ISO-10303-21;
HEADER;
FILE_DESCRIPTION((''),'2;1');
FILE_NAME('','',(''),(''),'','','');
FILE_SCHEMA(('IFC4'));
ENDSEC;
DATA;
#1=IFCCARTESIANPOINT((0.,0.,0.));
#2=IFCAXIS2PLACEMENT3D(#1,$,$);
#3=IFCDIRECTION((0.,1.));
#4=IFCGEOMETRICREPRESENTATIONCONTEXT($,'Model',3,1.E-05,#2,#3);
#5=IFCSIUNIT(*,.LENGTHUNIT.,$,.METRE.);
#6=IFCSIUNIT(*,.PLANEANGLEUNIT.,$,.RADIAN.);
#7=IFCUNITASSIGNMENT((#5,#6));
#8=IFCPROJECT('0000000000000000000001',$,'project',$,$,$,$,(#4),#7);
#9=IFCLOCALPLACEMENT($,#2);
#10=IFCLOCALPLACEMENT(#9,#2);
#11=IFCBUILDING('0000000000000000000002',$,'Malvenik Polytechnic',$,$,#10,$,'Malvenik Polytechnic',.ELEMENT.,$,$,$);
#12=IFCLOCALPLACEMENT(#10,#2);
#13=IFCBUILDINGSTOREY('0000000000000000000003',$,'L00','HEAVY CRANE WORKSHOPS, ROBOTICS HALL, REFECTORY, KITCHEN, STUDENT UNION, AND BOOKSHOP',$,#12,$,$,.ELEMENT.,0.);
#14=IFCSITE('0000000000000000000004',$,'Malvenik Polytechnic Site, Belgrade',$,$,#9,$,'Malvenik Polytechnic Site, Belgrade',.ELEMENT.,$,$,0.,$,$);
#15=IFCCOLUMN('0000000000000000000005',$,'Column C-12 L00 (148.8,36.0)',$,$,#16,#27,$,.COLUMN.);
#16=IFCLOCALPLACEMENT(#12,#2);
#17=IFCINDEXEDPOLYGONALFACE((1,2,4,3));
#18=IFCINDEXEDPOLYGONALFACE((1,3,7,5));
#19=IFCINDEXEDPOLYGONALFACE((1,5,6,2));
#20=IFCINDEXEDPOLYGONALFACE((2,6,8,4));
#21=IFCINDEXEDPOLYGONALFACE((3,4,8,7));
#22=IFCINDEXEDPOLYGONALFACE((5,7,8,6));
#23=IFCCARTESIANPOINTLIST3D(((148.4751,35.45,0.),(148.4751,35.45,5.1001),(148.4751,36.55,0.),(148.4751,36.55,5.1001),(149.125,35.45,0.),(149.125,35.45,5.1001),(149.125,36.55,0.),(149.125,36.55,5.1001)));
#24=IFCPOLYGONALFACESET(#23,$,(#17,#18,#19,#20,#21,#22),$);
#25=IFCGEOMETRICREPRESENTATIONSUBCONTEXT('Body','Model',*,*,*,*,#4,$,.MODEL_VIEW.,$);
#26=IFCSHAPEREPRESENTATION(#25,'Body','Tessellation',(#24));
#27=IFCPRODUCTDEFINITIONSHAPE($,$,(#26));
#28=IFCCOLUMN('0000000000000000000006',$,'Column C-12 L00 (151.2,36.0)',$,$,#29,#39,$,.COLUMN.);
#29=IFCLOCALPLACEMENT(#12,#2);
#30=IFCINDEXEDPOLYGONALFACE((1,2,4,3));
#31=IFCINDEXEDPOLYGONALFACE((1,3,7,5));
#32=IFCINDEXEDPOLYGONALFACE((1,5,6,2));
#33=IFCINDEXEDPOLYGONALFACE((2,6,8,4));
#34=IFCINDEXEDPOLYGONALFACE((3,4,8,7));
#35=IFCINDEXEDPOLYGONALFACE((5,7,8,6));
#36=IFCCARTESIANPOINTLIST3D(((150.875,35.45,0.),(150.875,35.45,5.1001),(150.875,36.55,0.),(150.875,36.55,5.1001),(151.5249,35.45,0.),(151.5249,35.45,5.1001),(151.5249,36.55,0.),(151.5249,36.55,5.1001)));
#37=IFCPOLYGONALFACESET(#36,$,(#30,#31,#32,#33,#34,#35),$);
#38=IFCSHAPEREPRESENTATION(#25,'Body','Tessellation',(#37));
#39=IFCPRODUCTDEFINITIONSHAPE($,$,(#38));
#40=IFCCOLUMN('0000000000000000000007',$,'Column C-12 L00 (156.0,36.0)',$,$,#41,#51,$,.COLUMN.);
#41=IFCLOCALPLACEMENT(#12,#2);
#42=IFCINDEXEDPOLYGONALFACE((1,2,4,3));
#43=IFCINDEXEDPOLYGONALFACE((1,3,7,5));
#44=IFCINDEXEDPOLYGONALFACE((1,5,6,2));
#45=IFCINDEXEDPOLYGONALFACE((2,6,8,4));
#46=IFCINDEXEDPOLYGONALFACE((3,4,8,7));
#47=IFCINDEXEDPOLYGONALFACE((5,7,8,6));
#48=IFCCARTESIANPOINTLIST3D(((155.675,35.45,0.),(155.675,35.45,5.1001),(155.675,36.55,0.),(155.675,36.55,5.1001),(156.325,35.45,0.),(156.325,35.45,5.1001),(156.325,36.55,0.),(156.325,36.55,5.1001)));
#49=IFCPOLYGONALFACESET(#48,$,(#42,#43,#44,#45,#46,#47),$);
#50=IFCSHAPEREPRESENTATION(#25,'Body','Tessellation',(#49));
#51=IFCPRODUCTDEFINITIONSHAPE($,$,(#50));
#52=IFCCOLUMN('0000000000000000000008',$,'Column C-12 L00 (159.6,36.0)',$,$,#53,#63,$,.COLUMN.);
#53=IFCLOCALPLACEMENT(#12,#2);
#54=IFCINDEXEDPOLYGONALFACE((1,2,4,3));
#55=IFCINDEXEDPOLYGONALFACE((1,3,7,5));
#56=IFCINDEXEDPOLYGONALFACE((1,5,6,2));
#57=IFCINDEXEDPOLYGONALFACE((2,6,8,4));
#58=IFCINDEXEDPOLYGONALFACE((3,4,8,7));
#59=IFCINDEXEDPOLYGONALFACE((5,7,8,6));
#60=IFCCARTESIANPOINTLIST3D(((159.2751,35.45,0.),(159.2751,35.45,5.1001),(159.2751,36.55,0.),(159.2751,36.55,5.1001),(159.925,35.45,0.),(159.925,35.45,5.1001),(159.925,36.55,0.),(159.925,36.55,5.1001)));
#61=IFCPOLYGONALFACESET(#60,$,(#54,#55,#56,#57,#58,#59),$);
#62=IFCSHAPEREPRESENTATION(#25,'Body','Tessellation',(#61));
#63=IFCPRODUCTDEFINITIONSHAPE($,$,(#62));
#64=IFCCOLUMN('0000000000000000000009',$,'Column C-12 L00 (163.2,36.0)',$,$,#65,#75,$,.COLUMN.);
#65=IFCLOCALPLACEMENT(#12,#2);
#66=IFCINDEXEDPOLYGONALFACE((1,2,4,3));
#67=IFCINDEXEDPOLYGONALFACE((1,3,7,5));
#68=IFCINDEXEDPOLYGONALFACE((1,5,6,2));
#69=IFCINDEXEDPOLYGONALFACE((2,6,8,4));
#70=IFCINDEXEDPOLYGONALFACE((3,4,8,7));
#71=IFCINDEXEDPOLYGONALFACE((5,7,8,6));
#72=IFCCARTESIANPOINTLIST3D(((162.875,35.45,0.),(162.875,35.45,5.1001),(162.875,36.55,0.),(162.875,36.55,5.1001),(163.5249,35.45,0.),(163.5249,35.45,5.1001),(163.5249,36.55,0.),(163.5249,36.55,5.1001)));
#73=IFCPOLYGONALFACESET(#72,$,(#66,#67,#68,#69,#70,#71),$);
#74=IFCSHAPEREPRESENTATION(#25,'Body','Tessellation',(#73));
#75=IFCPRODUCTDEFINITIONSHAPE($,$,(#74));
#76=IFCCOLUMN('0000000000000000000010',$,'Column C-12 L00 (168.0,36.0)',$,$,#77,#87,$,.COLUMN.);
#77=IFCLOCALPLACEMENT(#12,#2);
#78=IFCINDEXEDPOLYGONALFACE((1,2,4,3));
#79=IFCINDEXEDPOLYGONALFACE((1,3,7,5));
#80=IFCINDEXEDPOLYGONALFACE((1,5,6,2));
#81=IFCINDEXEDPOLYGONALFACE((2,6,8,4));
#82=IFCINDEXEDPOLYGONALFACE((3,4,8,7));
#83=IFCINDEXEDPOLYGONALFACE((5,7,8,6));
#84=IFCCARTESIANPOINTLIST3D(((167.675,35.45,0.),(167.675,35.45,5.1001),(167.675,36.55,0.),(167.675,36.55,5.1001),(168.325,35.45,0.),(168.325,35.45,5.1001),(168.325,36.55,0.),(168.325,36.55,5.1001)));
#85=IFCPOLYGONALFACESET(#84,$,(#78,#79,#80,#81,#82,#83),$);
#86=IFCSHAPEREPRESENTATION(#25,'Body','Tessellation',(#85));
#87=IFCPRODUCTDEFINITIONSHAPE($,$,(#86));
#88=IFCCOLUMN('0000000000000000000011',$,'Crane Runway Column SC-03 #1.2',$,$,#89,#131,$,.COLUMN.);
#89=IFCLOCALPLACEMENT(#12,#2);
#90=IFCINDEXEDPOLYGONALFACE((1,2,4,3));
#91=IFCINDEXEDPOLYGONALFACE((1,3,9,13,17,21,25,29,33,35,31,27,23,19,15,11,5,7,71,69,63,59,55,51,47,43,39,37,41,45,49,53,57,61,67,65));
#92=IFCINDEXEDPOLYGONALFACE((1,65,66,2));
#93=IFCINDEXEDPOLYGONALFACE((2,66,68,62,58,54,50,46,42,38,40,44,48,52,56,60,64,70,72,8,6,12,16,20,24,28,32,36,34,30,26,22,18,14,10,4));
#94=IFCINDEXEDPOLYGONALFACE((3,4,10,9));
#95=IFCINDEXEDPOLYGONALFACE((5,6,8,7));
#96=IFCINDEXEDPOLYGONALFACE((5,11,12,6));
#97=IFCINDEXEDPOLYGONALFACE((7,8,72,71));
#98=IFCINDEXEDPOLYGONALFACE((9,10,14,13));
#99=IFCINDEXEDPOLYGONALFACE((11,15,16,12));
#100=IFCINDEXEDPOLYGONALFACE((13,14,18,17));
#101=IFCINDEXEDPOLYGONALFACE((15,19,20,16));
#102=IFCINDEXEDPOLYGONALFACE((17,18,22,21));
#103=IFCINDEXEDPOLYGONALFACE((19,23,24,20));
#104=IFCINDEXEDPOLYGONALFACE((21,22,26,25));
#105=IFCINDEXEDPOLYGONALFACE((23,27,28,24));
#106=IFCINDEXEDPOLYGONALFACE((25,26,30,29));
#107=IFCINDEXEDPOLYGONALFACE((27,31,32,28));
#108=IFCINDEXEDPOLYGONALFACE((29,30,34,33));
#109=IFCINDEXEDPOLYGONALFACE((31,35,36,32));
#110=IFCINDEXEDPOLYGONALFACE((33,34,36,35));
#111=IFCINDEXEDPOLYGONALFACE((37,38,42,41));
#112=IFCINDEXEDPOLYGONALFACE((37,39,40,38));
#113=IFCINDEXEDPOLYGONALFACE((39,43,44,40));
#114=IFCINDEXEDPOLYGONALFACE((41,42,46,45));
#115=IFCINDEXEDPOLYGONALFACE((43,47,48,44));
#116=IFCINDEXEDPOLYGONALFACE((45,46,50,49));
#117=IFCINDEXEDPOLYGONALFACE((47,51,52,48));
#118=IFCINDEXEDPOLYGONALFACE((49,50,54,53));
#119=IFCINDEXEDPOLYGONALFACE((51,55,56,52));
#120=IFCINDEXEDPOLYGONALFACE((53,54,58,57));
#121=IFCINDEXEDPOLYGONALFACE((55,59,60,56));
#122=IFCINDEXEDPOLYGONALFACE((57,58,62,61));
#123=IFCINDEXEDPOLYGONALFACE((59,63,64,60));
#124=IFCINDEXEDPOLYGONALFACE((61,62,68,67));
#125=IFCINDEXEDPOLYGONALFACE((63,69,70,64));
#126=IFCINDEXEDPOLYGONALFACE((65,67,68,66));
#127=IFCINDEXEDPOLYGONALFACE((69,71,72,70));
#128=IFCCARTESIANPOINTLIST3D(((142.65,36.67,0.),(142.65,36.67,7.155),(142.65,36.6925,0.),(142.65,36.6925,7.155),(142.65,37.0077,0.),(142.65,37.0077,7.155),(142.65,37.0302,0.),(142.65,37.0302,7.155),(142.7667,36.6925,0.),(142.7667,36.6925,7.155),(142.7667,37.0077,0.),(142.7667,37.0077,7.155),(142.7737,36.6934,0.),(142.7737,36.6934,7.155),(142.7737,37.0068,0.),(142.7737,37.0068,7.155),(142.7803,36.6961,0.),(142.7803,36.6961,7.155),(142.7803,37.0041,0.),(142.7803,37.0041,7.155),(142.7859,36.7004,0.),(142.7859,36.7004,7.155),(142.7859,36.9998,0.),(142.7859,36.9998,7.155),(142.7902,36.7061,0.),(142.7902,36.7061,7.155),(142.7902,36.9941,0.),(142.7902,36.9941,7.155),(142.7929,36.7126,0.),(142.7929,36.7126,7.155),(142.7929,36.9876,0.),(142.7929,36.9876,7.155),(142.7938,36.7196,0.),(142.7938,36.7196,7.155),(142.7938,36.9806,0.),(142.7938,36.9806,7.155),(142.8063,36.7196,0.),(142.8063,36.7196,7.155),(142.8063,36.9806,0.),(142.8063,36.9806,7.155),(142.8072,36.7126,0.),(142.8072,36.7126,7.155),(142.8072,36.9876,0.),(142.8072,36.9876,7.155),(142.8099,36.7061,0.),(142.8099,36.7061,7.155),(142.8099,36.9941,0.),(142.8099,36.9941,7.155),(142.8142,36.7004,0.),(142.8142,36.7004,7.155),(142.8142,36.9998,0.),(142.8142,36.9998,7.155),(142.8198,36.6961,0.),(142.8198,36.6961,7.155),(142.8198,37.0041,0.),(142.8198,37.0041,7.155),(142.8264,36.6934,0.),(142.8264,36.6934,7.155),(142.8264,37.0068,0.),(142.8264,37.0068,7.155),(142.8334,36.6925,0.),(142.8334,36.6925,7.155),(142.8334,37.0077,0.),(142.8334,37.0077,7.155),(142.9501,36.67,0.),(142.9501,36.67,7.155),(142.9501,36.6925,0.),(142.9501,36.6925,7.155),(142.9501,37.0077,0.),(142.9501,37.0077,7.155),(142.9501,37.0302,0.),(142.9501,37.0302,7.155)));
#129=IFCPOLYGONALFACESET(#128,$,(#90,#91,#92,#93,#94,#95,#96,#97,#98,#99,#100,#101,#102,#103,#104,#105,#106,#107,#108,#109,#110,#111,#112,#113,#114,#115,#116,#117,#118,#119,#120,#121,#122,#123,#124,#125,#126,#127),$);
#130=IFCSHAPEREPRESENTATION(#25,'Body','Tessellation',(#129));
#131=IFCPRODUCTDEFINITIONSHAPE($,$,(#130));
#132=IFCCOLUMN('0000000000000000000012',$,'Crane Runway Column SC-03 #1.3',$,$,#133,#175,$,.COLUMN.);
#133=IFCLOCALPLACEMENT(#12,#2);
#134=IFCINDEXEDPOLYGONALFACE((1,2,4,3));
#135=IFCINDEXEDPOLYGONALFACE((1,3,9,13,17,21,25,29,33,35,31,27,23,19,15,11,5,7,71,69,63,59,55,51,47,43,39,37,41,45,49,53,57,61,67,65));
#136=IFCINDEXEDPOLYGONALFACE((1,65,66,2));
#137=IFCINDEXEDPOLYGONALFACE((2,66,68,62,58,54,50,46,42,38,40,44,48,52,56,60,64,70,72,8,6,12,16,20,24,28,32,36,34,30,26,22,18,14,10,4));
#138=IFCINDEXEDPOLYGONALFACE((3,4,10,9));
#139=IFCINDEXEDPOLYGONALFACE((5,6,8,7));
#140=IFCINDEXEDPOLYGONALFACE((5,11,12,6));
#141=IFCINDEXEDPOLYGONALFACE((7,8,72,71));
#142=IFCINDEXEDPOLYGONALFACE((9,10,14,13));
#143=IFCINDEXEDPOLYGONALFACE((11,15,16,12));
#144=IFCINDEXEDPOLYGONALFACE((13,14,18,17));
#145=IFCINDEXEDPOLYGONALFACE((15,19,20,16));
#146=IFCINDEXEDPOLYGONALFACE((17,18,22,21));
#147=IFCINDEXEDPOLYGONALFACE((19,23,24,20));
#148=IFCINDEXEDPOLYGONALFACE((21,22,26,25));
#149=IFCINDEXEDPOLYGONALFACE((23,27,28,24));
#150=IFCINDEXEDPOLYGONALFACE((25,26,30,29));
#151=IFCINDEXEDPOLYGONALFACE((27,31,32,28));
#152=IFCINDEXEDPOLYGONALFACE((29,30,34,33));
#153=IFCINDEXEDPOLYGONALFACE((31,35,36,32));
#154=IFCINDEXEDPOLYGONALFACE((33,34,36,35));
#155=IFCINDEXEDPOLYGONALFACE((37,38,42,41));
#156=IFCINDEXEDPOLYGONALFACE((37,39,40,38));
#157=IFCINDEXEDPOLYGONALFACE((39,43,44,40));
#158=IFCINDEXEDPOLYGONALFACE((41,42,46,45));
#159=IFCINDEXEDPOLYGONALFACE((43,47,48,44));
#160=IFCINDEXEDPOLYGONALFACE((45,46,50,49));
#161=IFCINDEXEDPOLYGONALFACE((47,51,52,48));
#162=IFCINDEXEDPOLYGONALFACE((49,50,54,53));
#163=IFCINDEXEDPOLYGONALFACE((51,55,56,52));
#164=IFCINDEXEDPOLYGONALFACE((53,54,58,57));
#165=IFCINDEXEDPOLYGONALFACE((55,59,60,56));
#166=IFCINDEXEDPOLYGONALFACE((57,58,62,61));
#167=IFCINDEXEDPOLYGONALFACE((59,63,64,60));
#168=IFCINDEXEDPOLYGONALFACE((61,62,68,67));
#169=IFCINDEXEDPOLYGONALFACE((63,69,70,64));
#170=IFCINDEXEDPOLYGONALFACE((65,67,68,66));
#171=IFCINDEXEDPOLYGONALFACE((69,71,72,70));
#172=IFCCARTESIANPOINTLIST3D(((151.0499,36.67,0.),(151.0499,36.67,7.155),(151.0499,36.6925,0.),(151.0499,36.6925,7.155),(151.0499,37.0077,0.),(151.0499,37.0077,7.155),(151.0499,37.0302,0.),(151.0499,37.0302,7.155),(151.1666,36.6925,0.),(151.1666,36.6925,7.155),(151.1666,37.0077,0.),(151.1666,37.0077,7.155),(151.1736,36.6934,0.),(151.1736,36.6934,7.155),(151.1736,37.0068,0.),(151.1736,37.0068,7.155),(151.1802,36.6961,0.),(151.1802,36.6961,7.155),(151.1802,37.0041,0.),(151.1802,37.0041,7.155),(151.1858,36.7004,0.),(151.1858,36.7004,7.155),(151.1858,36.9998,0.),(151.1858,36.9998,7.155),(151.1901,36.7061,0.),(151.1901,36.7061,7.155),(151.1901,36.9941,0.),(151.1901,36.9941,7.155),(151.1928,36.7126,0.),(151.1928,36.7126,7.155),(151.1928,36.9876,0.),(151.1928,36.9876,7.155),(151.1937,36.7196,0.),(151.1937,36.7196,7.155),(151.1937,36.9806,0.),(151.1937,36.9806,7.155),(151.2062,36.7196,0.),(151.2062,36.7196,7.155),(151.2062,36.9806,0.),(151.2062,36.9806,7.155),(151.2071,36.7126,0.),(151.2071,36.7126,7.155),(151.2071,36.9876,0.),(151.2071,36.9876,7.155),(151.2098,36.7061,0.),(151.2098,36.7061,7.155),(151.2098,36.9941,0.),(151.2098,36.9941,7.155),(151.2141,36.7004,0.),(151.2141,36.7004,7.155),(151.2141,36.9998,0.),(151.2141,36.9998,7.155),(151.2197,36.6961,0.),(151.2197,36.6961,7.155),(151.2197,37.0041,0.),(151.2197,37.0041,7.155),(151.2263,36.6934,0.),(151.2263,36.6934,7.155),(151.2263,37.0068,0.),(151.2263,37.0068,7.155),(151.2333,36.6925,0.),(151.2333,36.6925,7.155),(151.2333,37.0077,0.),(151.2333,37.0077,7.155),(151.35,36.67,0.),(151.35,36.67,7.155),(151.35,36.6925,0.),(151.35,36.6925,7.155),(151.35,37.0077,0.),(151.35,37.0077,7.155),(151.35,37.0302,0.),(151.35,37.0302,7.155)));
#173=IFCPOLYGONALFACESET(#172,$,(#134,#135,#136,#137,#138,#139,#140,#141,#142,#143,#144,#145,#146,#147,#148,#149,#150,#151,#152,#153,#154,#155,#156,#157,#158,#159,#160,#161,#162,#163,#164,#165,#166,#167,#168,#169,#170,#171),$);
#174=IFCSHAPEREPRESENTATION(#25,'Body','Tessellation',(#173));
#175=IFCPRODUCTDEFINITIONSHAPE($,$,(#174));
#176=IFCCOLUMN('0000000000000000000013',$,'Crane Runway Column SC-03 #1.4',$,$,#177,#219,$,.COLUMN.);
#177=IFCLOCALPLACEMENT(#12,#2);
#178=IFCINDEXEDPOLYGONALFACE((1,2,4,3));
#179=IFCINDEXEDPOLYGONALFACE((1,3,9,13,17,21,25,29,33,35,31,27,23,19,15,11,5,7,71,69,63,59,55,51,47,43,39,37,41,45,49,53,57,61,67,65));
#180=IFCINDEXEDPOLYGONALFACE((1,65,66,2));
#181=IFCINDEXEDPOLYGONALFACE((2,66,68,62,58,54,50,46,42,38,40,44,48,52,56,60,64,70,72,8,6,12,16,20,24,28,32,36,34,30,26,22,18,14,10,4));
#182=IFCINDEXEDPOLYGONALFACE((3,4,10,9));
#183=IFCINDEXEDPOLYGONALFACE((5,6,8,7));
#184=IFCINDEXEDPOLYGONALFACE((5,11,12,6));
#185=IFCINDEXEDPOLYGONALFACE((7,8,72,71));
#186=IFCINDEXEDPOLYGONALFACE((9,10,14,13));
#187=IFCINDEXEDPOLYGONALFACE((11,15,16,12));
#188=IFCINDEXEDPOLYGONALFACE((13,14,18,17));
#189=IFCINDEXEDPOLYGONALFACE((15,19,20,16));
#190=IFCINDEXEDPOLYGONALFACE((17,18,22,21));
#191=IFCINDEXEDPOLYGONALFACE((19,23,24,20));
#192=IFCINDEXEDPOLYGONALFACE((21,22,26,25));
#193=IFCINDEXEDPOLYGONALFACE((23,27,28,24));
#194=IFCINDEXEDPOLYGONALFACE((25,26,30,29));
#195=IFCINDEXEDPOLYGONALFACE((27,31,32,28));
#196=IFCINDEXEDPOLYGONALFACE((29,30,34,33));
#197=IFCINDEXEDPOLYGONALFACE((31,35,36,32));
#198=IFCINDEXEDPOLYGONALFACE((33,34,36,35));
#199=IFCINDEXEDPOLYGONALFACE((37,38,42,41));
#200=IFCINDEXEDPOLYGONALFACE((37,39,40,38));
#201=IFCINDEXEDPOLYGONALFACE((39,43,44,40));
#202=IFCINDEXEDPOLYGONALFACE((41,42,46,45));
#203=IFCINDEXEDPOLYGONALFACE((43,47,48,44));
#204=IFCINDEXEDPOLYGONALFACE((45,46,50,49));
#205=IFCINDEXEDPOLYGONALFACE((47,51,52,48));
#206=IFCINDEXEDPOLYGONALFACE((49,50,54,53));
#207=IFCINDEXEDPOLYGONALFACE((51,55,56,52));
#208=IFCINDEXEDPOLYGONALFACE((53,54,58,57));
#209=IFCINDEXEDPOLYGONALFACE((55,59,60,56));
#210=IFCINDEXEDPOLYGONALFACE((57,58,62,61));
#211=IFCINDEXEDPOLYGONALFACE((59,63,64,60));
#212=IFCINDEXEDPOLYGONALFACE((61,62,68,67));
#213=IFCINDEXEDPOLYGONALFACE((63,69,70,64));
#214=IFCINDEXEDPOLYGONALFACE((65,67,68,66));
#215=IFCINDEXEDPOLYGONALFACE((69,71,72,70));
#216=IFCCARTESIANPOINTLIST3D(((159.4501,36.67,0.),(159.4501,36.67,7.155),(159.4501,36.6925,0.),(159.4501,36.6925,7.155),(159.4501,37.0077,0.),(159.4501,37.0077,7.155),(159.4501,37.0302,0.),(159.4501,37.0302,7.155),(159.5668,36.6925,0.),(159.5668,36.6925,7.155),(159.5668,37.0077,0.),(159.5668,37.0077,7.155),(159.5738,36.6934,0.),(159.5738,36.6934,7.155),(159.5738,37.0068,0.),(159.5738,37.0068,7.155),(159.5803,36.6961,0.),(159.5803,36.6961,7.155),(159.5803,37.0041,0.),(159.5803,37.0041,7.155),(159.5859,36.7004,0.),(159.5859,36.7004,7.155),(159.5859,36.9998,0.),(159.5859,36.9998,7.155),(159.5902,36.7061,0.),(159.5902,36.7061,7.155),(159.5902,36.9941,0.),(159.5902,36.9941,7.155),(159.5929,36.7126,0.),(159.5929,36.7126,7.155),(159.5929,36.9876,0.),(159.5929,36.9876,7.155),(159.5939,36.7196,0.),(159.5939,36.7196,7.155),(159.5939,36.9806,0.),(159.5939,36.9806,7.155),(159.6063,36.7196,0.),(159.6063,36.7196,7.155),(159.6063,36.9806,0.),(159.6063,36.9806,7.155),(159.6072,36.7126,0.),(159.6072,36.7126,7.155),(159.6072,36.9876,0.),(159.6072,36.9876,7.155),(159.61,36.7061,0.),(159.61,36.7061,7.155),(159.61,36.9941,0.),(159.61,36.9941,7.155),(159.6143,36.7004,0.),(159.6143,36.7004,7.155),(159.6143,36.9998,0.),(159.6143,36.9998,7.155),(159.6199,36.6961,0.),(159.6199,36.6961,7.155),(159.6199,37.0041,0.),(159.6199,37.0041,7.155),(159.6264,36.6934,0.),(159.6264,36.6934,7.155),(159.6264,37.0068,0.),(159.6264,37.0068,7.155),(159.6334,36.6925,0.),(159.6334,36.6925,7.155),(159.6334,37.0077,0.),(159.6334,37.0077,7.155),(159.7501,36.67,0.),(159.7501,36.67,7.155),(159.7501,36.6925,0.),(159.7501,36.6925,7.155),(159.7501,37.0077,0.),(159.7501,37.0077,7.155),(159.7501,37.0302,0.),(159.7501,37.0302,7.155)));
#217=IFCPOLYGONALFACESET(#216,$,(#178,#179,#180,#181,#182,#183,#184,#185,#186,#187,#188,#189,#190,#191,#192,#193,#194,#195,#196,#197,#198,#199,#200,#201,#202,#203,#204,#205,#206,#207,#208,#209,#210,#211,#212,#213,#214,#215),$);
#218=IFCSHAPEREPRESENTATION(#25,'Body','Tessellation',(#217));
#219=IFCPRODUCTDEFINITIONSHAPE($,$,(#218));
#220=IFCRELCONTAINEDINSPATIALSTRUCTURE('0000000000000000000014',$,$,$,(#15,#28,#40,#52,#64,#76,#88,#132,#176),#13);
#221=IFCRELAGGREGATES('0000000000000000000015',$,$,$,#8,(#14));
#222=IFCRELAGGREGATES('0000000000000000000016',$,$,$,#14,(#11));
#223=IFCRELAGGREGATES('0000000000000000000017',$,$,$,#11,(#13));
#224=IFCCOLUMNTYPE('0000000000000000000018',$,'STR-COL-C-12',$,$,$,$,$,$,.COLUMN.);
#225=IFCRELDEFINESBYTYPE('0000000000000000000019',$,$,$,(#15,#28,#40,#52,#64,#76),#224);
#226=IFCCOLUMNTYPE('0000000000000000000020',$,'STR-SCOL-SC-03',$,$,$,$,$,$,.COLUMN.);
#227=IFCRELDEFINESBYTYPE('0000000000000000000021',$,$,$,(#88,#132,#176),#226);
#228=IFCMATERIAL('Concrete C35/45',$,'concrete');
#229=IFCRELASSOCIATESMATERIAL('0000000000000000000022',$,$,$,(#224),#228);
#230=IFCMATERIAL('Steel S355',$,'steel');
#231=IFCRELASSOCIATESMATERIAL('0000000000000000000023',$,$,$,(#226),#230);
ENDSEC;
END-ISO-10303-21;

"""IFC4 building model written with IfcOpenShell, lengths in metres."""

from ifc_helpers import new_model, si_unit, direction, frame, origin, origin_2d, place, context, subcontext, project, spatial, rectangle, i_section, extrude, material, material_profile, profile_set, type_object, element, save


model = new_model("IFC4")

# Units and contexts
model_context = context("Model", 3, precision=1e-05, world=origin(), true_north=direction((0.0, 1.0)))
body_context = subcontext(model_context, "Body", "Model", "MODEL_VIEW")
ifc_project = project(units=[si_unit("LENGTHUNIT", "METRE"), si_unit("PLANEANGLEUNIT", "RADIAN")], contexts=[model_context])

# Site, building, storey
site_placement = place(None, origin())
site = spatial("IfcSite", under=ifc_project, at=site_placement, Name="Malvenik Polytechnic Site, Belgrade", LongName="Malvenik Polytechnic Site, Belgrade", CompositionType="ELEMENT", RefElevation=0.0)
building_placement = place(site_placement, origin())
building = spatial("IfcBuilding", under=site, at=building_placement, Name="Malvenik Polytechnic", LongName="Malvenik Polytechnic", CompositionType="ELEMENT")
storey_placement = place(building_placement, origin())
storey = spatial("IfcBuildingStorey", under=building, at=storey_placement, Name="L00", Description="HEAVY CRANE WORKSHOPS, ROBOTICS HALL, REFECTORY, KITCHEN, STUDENT UNION, AND BOOKSHOP", CompositionType="ELEMENT", Elevation=0.0)

# Columns
ifc_material_1 = material(Name="Concrete C35/45", Category="concrete")
ifc_material_profile_1 = material_profile(ifc_material_1, rectangle(XDim=0.6499, YDim=1.1001, at=origin_2d()), Name="RC COL 1100x650")
ifc_profile_set_1 = profile_set([ifc_material_profile_1], Name="Concrete C35/45")
column_type_1 = type_object("IfcColumnType", Name="STR-COL-C-12", PredefinedType="COLUMN", material=ifc_profile_set_1)
for number, where, z_axis, x_axis, name in (
    (1, (148.8, 36.0, 0.0), (0.0, 0.0, 1.0), (1.0, 0.0, 0.0), "Column C-12 L00 (148.8,36.0)"),
    (2, (151.2, 36.0, 0.0), (0.0, 0.0, 1.0), (1.0, 0.0, 0.0), "Column C-12 L00 (151.2,36.0)"),
    (3, (156.0, 36.0, 0.0), (0.0, 0.0, 1.0), (1.0, 0.0, 0.0), "Column C-12 L00 (156.0,36.0)"),
    (4, (159.6001, 36.0, 0.0), (0.0, 0.0, 1.0), (1.0, 0.0, 0.0), "Column C-12 L00 (159.6,36.0)"),
    (5, (163.2, 36.0, 0.0), (0.0, 0.0, 1.0), (1.0, 0.0, 0.0), "Column C-12 L00 (163.2,36.0)"),
    (6, (168.0, 36.0, 0.0), (0.0, 0.0, 1.0), (1.0, 0.0, 0.0), "Column C-12 L00 (168.0,36.0)"),
):
    element("IfcColumn", number, at=place(storey_placement, frame(where, z_axis=z_axis, x_axis=x_axis)), inside=storey, type_object=column_type_1, Name=name, PredefinedType="COLUMN", context=body_context, shape_type="SweptSolid", body=[
        extrude(rectangle(XDim=0.6499, YDim=1.1001, at=origin_2d()), origin(), (0.0, 0.0, 1.0), 5.1001),
    ])
ifc_material_2 = material(Name="Steel S355", Category="steel")
ifc_material_profile_2 = material_profile(ifc_material_2, i_section(OverallWidth=0.3, OverallDepth=0.3601, WebThickness=0.0125, FlangeThickness=0.0225, FilletRadius=0.0271, at=origin_2d()), Name="HEB 360")
ifc_profile_set_2 = profile_set([ifc_material_profile_2], Name="Steel S355")
column_type_2 = type_object("IfcColumnType", Name="STR-SCOL-SC-03", PredefinedType="COLUMN", material=ifc_profile_set_2)
for number, where, z_axis, x_axis, name in (
    (7, (142.8, 36.8501, 0.0), (0.0, 0.0, 1.0), (1.0, 0.0, 0.0), "Crane Runway Column SC-03 #1.2"),
    (8, (151.2, 36.8501, 0.0), (0.0, 0.0, 1.0), (1.0, 0.0, 0.0), "Crane Runway Column SC-03 #1.3"),
    (9, (159.6001, 36.8501, 0.0), (0.0, 0.0, 1.0), (1.0, 0.0, 0.0), "Crane Runway Column SC-03 #1.4"),
):
    element("IfcColumn", number, at=place(storey_placement, frame(where, z_axis=z_axis, x_axis=x_axis)), inside=storey, type_object=column_type_2, Name=name, PredefinedType="COLUMN", context=body_context, shape_type="SweptSolid", body=[
        extrude(i_section(OverallWidth=0.3, OverallDepth=0.3601, WebThickness=0.0125, FlangeThickness=0.0225, FilletRadius=0.0271, at=origin_2d()), origin(), (0.0, 0.0, 1.0), 7.155),
    ])

save(model, "model.ifc")
